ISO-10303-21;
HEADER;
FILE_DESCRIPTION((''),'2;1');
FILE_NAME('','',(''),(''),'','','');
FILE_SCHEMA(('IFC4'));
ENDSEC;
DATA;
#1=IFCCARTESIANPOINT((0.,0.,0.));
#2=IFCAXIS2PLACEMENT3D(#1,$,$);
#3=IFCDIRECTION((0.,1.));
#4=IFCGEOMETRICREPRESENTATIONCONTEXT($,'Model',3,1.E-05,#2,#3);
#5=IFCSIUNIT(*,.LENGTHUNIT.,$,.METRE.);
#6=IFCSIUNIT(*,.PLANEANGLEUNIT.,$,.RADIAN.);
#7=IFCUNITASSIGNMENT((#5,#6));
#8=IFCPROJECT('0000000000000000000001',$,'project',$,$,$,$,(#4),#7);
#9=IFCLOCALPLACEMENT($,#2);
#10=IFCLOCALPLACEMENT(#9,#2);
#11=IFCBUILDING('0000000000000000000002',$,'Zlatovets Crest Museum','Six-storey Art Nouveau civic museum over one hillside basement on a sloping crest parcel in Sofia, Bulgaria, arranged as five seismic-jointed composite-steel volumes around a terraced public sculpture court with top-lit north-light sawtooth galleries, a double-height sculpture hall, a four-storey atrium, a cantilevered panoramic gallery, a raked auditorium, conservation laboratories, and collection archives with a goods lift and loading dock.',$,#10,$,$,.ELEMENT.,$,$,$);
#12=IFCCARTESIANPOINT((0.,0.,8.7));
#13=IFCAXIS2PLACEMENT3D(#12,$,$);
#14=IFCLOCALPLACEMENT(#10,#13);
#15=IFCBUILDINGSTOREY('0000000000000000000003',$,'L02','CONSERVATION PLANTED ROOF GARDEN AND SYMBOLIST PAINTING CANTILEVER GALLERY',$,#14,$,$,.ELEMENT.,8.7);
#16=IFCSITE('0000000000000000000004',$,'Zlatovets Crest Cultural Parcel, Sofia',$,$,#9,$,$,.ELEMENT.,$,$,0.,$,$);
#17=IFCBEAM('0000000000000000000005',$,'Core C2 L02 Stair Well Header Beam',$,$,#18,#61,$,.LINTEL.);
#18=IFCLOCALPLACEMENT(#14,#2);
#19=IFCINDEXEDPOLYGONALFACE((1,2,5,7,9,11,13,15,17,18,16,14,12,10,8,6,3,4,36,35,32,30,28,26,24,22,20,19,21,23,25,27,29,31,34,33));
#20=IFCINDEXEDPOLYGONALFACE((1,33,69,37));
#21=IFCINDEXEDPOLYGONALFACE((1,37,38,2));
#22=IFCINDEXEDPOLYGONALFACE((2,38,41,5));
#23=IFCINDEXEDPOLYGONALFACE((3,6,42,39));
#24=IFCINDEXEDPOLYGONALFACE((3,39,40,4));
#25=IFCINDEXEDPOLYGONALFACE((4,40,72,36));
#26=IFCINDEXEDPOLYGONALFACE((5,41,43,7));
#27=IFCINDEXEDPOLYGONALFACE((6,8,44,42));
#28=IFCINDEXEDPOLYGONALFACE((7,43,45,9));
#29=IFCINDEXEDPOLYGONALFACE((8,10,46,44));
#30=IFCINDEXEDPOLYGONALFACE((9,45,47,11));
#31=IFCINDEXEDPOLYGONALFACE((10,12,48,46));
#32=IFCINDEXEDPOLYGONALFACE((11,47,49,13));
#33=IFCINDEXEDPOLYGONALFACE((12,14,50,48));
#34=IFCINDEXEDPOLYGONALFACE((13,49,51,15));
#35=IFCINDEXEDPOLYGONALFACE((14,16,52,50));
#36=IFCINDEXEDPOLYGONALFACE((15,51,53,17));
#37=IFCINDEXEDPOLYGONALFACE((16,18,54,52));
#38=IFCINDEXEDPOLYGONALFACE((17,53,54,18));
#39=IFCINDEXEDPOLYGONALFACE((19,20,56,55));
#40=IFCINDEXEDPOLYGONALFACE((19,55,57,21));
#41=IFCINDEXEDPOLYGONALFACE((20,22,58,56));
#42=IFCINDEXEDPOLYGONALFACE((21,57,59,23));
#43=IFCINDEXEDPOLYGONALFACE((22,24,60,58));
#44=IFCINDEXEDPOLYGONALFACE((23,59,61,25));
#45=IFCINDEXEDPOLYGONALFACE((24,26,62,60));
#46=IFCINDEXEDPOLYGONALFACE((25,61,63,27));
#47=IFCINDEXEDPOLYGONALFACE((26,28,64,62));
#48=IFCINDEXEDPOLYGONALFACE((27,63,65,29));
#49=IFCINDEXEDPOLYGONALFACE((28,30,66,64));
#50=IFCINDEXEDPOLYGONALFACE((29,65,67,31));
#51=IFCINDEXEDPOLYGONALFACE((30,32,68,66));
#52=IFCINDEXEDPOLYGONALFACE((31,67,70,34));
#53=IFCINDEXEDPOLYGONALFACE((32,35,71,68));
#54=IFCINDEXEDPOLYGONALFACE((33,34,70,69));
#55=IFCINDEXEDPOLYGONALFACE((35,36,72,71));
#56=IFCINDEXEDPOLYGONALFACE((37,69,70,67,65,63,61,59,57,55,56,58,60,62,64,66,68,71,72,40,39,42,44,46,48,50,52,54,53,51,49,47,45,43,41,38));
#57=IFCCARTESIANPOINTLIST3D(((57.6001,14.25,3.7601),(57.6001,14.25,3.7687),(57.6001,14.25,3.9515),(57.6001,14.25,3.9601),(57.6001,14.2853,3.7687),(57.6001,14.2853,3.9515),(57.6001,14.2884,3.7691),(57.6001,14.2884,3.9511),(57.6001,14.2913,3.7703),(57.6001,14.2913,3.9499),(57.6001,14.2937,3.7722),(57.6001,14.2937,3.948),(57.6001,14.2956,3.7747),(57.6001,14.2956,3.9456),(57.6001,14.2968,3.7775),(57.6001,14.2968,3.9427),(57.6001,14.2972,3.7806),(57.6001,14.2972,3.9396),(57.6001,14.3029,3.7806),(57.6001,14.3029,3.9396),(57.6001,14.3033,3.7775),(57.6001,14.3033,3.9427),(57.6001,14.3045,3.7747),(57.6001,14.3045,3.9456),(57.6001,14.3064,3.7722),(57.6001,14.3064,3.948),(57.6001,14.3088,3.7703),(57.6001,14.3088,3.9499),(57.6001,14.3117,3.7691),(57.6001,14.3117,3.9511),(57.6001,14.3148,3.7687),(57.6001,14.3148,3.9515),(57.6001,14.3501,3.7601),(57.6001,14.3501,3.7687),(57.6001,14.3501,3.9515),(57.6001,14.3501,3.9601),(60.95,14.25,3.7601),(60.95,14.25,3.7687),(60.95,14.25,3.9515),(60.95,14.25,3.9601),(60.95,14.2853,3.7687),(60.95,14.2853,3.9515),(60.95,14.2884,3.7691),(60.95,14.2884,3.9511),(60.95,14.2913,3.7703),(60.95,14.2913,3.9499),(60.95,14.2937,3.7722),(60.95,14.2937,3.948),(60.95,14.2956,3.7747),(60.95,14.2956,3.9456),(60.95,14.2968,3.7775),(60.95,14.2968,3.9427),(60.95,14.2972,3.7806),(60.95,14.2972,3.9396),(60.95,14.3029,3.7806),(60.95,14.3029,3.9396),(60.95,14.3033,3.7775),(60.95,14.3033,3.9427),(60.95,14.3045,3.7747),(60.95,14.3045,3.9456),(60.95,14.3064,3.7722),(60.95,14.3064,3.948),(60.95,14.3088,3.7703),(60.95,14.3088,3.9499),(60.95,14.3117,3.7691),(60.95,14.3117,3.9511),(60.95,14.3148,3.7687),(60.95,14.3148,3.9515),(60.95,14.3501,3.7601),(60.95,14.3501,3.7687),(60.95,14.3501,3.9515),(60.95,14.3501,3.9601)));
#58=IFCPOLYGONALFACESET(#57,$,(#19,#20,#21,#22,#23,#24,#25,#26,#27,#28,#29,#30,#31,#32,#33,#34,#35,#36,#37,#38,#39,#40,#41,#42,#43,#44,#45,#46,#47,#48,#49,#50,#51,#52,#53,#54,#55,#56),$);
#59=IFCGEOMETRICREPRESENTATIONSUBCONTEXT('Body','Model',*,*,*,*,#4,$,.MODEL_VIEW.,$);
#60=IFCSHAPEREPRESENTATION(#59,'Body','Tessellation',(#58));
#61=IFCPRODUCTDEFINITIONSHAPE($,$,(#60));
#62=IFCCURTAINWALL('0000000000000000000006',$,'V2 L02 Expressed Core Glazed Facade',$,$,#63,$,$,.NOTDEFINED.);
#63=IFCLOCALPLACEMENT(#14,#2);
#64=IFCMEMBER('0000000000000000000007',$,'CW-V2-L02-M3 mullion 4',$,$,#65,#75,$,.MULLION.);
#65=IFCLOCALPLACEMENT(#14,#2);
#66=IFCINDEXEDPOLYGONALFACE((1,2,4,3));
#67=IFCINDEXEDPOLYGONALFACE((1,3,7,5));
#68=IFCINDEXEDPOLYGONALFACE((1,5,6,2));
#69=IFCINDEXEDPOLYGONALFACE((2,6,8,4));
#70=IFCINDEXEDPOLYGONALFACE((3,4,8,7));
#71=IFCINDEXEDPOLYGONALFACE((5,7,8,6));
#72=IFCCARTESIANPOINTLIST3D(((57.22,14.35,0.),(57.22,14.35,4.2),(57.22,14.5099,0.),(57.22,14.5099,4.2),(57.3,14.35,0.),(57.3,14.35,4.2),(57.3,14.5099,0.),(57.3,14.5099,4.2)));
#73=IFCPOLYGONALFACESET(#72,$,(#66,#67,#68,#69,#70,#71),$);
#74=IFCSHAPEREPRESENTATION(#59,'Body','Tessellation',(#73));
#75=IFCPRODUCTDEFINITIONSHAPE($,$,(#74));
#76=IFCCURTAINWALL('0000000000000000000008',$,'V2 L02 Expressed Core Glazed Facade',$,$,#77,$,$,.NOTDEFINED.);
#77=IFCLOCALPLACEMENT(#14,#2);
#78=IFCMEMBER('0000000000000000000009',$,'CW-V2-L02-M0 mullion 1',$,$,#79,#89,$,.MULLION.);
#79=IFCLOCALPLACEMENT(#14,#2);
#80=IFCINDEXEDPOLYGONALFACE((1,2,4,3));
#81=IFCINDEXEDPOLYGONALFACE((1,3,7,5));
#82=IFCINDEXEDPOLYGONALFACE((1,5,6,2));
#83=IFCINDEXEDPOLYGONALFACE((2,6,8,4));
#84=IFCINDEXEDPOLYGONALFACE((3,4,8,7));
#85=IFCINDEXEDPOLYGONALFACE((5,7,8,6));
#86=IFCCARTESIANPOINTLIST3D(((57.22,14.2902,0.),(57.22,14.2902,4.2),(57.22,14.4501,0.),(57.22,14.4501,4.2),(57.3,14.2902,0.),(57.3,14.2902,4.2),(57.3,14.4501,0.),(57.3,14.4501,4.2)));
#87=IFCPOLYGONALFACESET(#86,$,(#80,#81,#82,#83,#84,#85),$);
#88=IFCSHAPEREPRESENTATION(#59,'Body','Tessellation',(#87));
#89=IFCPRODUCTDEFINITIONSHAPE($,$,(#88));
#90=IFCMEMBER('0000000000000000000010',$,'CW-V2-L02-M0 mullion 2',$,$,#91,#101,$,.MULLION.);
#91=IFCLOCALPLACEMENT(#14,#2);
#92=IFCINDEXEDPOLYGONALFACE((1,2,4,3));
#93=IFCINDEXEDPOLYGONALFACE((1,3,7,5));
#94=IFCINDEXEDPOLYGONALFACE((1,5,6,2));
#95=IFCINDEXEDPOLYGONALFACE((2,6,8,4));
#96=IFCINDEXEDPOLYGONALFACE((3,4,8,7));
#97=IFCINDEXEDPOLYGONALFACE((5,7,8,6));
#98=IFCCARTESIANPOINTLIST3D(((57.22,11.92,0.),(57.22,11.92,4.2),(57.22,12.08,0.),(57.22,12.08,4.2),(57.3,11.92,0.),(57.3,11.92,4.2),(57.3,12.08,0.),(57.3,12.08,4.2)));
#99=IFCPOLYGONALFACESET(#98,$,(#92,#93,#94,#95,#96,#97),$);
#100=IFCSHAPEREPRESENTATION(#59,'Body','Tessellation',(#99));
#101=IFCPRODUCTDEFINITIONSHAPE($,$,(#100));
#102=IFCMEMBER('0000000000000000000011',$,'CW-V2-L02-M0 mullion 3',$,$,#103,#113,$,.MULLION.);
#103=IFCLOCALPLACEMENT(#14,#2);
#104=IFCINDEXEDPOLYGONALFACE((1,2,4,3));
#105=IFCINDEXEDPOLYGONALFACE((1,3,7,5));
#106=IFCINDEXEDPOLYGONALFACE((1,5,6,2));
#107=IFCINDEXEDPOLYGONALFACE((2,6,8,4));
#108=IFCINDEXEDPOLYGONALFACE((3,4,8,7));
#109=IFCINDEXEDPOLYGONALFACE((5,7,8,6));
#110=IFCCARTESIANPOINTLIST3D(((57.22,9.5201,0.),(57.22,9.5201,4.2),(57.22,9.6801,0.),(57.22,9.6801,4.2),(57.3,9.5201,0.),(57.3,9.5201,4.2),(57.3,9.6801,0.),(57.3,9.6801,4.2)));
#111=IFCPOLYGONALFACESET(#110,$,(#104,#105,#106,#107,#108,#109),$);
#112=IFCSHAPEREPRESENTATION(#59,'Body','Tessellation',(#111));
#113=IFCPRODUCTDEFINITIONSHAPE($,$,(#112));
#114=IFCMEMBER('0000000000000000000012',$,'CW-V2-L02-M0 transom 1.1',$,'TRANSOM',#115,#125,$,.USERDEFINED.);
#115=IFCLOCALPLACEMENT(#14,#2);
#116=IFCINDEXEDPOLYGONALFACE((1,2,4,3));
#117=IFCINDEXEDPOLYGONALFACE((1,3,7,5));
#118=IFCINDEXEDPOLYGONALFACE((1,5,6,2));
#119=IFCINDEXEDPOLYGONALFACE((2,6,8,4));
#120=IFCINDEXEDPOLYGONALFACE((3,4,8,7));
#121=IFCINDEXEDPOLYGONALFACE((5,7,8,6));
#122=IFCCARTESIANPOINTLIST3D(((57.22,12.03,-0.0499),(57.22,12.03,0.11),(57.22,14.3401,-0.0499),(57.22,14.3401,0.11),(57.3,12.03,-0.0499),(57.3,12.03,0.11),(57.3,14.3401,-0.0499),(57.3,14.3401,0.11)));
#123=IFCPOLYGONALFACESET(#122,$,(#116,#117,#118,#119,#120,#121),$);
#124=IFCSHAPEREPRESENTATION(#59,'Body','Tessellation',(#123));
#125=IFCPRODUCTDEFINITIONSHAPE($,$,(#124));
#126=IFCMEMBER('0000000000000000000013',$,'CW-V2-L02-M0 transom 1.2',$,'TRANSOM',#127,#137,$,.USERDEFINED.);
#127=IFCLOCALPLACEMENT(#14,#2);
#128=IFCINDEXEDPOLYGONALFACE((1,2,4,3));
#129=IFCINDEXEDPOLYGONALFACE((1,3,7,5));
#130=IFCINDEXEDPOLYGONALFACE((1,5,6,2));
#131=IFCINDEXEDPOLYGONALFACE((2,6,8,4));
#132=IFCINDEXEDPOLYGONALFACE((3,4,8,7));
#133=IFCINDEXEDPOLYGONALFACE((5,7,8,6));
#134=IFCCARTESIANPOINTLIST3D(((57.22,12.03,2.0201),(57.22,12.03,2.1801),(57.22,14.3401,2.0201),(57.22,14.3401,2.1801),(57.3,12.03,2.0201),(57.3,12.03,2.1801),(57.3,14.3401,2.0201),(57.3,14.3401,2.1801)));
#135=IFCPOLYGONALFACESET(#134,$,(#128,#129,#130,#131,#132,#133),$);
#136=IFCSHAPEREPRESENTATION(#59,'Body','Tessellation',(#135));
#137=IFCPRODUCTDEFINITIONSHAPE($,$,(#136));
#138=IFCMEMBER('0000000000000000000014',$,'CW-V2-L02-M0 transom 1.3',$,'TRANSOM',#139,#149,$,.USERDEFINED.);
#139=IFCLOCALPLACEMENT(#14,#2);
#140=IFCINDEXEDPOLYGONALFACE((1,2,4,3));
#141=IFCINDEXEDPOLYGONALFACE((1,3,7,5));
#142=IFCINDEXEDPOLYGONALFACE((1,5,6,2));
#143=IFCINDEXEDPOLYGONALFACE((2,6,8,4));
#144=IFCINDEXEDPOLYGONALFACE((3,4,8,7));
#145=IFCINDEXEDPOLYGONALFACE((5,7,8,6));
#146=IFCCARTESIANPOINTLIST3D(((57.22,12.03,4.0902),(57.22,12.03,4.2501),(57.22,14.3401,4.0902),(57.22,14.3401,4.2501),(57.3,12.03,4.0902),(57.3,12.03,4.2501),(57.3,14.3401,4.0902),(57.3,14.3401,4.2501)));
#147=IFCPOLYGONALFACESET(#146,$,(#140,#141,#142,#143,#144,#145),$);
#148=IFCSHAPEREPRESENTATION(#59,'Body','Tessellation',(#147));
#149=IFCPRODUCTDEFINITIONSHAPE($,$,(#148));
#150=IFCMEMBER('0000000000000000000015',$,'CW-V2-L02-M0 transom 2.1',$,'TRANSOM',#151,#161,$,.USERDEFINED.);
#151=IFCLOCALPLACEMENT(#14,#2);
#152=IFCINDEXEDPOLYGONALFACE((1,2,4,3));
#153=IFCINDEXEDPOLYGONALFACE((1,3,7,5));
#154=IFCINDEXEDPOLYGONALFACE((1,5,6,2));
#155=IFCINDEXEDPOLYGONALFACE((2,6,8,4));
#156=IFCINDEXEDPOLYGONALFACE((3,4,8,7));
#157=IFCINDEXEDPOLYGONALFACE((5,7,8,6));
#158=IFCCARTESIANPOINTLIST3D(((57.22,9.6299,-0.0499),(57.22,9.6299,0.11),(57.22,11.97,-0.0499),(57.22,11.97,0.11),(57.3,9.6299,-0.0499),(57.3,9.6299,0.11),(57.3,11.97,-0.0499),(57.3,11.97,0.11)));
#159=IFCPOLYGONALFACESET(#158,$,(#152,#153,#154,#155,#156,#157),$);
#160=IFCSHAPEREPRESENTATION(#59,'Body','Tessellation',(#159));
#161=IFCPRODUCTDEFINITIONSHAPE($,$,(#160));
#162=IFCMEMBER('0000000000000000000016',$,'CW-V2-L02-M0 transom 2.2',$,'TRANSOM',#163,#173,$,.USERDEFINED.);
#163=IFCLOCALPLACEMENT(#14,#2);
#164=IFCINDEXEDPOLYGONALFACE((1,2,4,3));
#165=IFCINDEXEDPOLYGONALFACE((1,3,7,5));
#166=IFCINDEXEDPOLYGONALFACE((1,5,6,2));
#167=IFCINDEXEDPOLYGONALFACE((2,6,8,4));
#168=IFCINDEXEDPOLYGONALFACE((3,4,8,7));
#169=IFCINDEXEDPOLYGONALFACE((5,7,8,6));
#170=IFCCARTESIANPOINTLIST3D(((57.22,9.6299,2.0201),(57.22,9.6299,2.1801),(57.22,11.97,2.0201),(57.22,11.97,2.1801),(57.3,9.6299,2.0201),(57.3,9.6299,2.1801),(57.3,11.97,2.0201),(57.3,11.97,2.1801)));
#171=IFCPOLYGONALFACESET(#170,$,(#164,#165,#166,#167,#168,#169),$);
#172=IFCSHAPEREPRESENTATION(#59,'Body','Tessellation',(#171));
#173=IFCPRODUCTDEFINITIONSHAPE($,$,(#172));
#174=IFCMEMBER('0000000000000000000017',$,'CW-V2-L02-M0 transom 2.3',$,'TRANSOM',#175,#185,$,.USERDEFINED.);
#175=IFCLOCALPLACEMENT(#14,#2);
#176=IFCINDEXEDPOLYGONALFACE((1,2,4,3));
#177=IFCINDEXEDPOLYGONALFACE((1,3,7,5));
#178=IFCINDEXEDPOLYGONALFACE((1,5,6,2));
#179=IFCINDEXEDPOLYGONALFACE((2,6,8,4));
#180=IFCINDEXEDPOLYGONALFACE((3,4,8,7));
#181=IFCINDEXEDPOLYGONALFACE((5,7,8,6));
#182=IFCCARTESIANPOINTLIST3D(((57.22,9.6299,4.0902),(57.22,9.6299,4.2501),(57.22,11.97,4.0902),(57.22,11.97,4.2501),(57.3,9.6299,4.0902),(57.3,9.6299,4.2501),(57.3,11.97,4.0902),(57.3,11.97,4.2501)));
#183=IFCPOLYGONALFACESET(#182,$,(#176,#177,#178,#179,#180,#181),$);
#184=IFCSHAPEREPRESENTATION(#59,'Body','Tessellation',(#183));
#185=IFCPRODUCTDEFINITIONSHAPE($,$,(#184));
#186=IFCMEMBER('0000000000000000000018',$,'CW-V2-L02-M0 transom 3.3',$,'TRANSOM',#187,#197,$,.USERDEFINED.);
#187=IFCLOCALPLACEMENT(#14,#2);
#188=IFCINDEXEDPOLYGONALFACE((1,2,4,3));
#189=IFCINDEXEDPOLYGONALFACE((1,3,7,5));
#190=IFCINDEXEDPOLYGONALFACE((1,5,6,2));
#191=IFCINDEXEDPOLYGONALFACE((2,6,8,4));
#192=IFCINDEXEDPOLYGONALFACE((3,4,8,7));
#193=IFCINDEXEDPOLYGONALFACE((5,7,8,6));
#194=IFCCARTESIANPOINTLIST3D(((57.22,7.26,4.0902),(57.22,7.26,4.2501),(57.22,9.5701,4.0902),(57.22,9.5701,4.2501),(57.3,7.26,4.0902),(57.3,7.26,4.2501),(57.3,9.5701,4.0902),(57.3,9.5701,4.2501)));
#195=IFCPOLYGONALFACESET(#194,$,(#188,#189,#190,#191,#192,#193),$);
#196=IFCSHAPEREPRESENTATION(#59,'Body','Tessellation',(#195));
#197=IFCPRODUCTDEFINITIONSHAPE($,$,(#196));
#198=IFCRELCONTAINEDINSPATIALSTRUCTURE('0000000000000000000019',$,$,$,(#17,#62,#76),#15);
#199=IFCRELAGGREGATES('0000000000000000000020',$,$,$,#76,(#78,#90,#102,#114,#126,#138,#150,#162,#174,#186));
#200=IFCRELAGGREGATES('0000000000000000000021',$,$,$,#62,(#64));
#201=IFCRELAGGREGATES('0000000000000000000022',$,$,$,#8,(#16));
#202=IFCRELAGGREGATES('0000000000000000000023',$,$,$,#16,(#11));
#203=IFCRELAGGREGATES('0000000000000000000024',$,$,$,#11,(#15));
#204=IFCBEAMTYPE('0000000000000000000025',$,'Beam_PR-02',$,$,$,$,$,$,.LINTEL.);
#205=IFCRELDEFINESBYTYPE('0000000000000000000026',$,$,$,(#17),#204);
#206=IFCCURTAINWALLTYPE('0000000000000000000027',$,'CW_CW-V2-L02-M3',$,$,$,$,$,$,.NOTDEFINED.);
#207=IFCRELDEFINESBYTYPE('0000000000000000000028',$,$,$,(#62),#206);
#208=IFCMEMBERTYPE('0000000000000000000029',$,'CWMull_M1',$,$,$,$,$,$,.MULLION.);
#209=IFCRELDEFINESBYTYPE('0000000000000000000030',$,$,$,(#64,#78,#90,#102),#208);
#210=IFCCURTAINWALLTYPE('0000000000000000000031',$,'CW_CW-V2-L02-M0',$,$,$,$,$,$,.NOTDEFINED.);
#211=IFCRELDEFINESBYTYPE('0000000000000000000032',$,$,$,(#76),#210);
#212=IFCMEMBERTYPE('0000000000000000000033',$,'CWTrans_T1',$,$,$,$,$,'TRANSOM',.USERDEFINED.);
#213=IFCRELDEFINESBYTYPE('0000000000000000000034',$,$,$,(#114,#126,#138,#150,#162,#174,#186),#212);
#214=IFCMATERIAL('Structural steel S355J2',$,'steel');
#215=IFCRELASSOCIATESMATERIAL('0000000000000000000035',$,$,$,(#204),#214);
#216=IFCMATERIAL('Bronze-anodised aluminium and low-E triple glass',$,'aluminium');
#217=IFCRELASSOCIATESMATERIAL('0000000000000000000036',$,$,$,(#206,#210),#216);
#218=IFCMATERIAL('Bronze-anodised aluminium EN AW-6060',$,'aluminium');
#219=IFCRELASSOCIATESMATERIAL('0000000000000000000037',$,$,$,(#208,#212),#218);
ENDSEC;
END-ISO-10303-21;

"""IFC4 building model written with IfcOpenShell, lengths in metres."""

from ifc_helpers import new_model, si_unit, direction, frame, origin, origin_2d, place, context, subcontext, project, spatial, rectangle, i_section, extrude, material, material_profile, profile_set, type_object, element, aggregate, save


model = new_model("IFC4")

# Units and contexts
model_context = context("Model", 3, precision=1e-05, world=origin(), true_north=direction((0.0, 1.0)))
body_context = subcontext(model_context, "Body", "Model", "MODEL_VIEW")
ifc_project = project(units=[si_unit("LENGTHUNIT", "METRE"), si_unit("PLANEANGLEUNIT", "RADIAN")], contexts=[model_context])

# Site, building, storey
site_placement = place(None, origin())
site = spatial("IfcSite", under=ifc_project, at=site_placement, Name="Zlatovets Crest Cultural Parcel, Sofia", CompositionType="ELEMENT", RefElevation=0.0)
building_placement = place(site_placement, origin())
building = spatial("IfcBuilding", under=site, at=building_placement, Name="Zlatovets Crest Museum", Description="Six-storey Art Nouveau civic museum over one hillside basement on a sloping crest parcel in Sofia, Bulgaria, arranged as five seismic-jointed composite-steel volumes around a terraced public sculpture court with top-lit north-light sawtooth galleries, a double-height sculpture hall, a four-storey atrium, a cantilevered panoramic gallery, a raked auditorium, conservation laboratories, and collection archives with a goods lift and loading dock.", CompositionType="ELEMENT")
storey_placement = place(building_placement, frame((0.0, 0.0, 8.7)))
storey = spatial("IfcBuildingStorey", under=building, at=storey_placement, Name="L02", Description="CONSERVATION PLANTED ROOF GARDEN AND SYMBOLIST PAINTING CANTILEVER GALLERY", CompositionType="ELEMENT", Elevation=8.7)

# Shared definitions
ifc_material_1 = material(Name="Structural steel S355J2", Category="steel")

# Beam
ifc_material_profile_1 = material_profile(ifc_material_1, i_section(OverallWidth=0.1001, OverallDepth=0.2, WebThickness=0.0056, FlangeThickness=0.0085, FilletRadius=0.012, at=origin_2d()), Name="IPE 200")
ifc_profile_set_1 = profile_set([ifc_material_profile_1], Name="Structural steel S355J2")
beam_type_1 = type_object("IfcBeamType", Name="Beam_PR-02", PredefinedType="LINTEL", material=ifc_profile_set_1)
beam_1_placement = place(storey_placement, frame((57.6001, 14.3, 3.8601), z_axis=(1.0, 0.0, 0.0), x_axis=(0.0, 1.0, 0.0)))
element("IfcBeam", 1, at=beam_1_placement, inside=storey, type_object=beam_type_1, Name="Core C2 L02 Stair Well Header Beam", PredefinedType="LINTEL", context=body_context, shape_type="SweptSolid", body=[
    extrude(i_section(OverallWidth=0.1001, OverallDepth=0.2, WebThickness=0.0056, FlangeThickness=0.0085, FilletRadius=0.012, at=origin_2d()), origin(), (0.0, 0.0, 1.0), 3.3499),
])

# Curtain wall, member
ifc_material_2 = material(Name="Bronze-anodised aluminium and low-E triple glass", Category="aluminium")
curtain_wall_type_1 = type_object("IfcCurtainWallType", Name="CW_CW-V2-L02-M3", PredefinedType="NOTDEFINED", material=ifc_material_2)
curtain_wall_1_placement = place(storey_placement, origin())
curtain_wall_1 = element("IfcCurtainWall", 2, at=curtain_wall_1_placement, inside=storey, type_object=curtain_wall_type_1, Name="V2 L02 Expressed Core Glazed Facade", PredefinedType="NOTDEFINED")
ifc_material_3 = material(Name="Bronze-anodised aluminium EN AW-6060", Category="aluminium")
ifc_material_profile_2 = material_profile(ifc_material_3, rectangle(XDim=0.0801, YDim=0.1599, at=origin_2d()), Name="ALU 80x160")
ifc_profile_set_2 = profile_set([ifc_material_profile_2], Name="Bronze-anodised aluminium EN AW-6060")
member_type_1 = type_object("IfcMemberType", Name="CWMull_M1", PredefinedType="MULLION", material=ifc_profile_set_2)
member_1_placement = place(storey_placement, frame((57.26, 14.4299, 0.0), z_axis=(0.0, 0.0, 1.0), x_axis=(1.0, 0.0, 0.0)))
member_1 = element("IfcMember", 3, at=member_1_placement, type_object=member_type_1, Name="CW-V2-L02-M3 mullion 4", PredefinedType="MULLION", context=body_context, shape_type="SweptSolid", body=[
    extrude(rectangle(XDim=0.0801, YDim=0.1599, at=origin_2d()), origin(), (0.0, 0.0, 1.0), 4.2),
])

# Curtain wall, members
curtain_wall_type_2 = type_object("IfcCurtainWallType", Name="CW_CW-V2-L02-M0", PredefinedType="NOTDEFINED", material=ifc_material_2)
curtain_wall_2_placement = place(storey_placement, origin())
curtain_wall_2 = element("IfcCurtainWall", 4, at=curtain_wall_2_placement, inside=storey, type_object=curtain_wall_type_2, Name="V2 L02 Expressed Core Glazed Facade", PredefinedType="NOTDEFINED")
member_2_placement = place(storey_placement, frame((57.26, 14.3701, 0.0), z_axis=(0.0, 0.0, 1.0), x_axis=(1.0, 0.0, 0.0)))
member_2 = element("IfcMember", 5, at=member_2_placement, type_object=member_type_1, Name="CW-V2-L02-M0 mullion 1", PredefinedType="MULLION", context=body_context, shape_type="SweptSolid", body=[
    extrude(rectangle(XDim=0.0801, YDim=0.1599, at=origin_2d()), origin(), (0.0, 0.0, 1.0), 4.2),
])
member_3_placement = place(storey_placement, frame((57.26, 12.0, 0.0), z_axis=(0.0, 0.0, 1.0), x_axis=(1.0, 0.0, 0.0)))
member_3 = element("IfcMember", 6, at=member_3_placement, type_object=member_type_1, Name="CW-V2-L02-M0 mullion 2", PredefinedType="MULLION", context=body_context, shape_type="SweptSolid", body=[
    extrude(rectangle(XDim=0.0801, YDim=0.1599, at=origin_2d()), origin(), (0.0, 0.0, 1.0), 4.2),
])
member_4_placement = place(storey_placement, frame((57.26, 9.6001, 0.0), z_axis=(0.0, 0.0, 1.0), x_axis=(1.0, 0.0, 0.0)))
member_4 = element("IfcMember", 7, at=member_4_placement, type_object=member_type_1, Name="CW-V2-L02-M0 mullion 3", PredefinedType="MULLION", context=body_context, shape_type="SweptSolid", body=[
    extrude(rectangle(XDim=0.0801, YDim=0.1599, at=origin_2d()), origin(), (0.0, 0.0, 1.0), 4.2),
])
ifc_material_profile_3 = material_profile(ifc_material_3, rectangle(XDim=0.0801, YDim=0.1599, at=origin_2d()), Name="ALU 80x160")
ifc_profile_set_3 = profile_set([ifc_material_profile_3], Name="Bronze-anodised aluminium EN AW-6060")
member_type_2 = type_object("IfcMemberType", Name="CWTrans_T1", ElementType="TRANSOM", PredefinedType="USERDEFINED", material=ifc_profile_set_3)
member_5_placement = place(storey_placement, frame((57.26, 14.3401, 0.03), z_axis=(0.0, -1.0, 0.0), x_axis=(1.0, 0.0, 0.0)))
member_5 = element("IfcMember", 8, at=member_5_placement, type_object=member_type_2, Name="CW-V2-L02-M0 transom 1.1", ObjectType="TRANSOM", PredefinedType="USERDEFINED", context=body_context, shape_type="SweptSolid", body=[
    extrude(rectangle(XDim=0.0801, YDim=0.1599, at=origin_2d()), origin(), (0.0, 0.0, 1.0), 2.3101),
])
member_6_placement = place(storey_placement, frame((57.26, 14.3401, 2.1001), z_axis=(0.0, -1.0, 0.0), x_axis=(1.0, 0.0, 0.0)))
member_6 = element("IfcMember", 9, at=member_6_placement, type_object=member_type_2, Name="CW-V2-L02-M0 transom 1.2", ObjectType="TRANSOM", PredefinedType="USERDEFINED", context=body_context, shape_type="SweptSolid", body=[
    extrude(rectangle(XDim=0.0801, YDim=0.1599, at=origin_2d()), origin(), (0.0, 0.0, 1.0), 2.3101),
])
member_7_placement = place(storey_placement, frame((57.26, 14.3401, 4.1702), z_axis=(0.0, -1.0, 0.0), x_axis=(1.0, 0.0, 0.0)))
member_7 = element("IfcMember", 10, at=member_7_placement, type_object=member_type_2, Name="CW-V2-L02-M0 transom 1.3", ObjectType="TRANSOM", PredefinedType="USERDEFINED", context=body_context, shape_type="SweptSolid", body=[
    extrude(rectangle(XDim=0.0801, YDim=0.1599, at=origin_2d()), origin(), (0.0, 0.0, 1.0), 2.3101),
])
member_8_placement = place(storey_placement, frame((57.26, 11.97, 0.03), z_axis=(0.0, -1.0, 0.0), x_axis=(1.0, 0.0, 0.0)))
member_8 = element("IfcMember", 11, at=member_8_placement, type_object=member_type_2, Name="CW-V2-L02-M0 transom 2.1", ObjectType="TRANSOM", PredefinedType="USERDEFINED", context=body_context, shape_type="SweptSolid", body=[
    extrude(rectangle(XDim=0.0801, YDim=0.1599, at=origin_2d()), origin(), (0.0, 0.0, 1.0), 2.3401),
])
member_9_placement = place(storey_placement, frame((57.26, 11.97, 2.1001), z_axis=(0.0, -1.0, 0.0), x_axis=(1.0, 0.0, 0.0)))
member_9 = element("IfcMember", 12, at=member_9_placement, type_object=member_type_2, Name="CW-V2-L02-M0 transom 2.2", ObjectType="TRANSOM", PredefinedType="USERDEFINED", context=body_context, shape_type="SweptSolid", body=[
    extrude(rectangle(XDim=0.0801, YDim=0.1599, at=origin_2d()), origin(), (0.0, 0.0, 1.0), 2.3401),
])
member_10_placement = place(storey_placement, frame((57.26, 11.97, 4.1702), z_axis=(0.0, -1.0, 0.0), x_axis=(1.0, 0.0, 0.0)))
member_10 = element("IfcMember", 13, at=member_10_placement, type_object=member_type_2, Name="CW-V2-L02-M0 transom 2.3", ObjectType="TRANSOM", PredefinedType="USERDEFINED", context=body_context, shape_type="SweptSolid", body=[
    extrude(rectangle(XDim=0.0801, YDim=0.1599, at=origin_2d()), origin(), (0.0, 0.0, 1.0), 2.3401),
])
member_11_placement = place(storey_placement, frame((57.26, 9.5701, 4.1702), z_axis=(0.0, -1.0, 0.0), x_axis=(1.0, 0.0, 0.0)))
member_11 = element("IfcMember", 14, at=member_11_placement, type_object=member_type_2, Name="CW-V2-L02-M0 transom 3.3", ObjectType="TRANSOM", PredefinedType="USERDEFINED", context=body_context, shape_type="SweptSolid", body=[
    extrude(rectangle(XDim=0.0801, YDim=0.1599, at=origin_2d()), origin(), (0.0, 0.0, 1.0), 2.3101),
])
aggregate(curtain_wall_2, [member_2, member_3, member_4, member_5, member_6, member_7, member_8, member_9, member_10, member_11])

aggregate(curtain_wall_1, [member_1])

save(model, "model.ifc")
